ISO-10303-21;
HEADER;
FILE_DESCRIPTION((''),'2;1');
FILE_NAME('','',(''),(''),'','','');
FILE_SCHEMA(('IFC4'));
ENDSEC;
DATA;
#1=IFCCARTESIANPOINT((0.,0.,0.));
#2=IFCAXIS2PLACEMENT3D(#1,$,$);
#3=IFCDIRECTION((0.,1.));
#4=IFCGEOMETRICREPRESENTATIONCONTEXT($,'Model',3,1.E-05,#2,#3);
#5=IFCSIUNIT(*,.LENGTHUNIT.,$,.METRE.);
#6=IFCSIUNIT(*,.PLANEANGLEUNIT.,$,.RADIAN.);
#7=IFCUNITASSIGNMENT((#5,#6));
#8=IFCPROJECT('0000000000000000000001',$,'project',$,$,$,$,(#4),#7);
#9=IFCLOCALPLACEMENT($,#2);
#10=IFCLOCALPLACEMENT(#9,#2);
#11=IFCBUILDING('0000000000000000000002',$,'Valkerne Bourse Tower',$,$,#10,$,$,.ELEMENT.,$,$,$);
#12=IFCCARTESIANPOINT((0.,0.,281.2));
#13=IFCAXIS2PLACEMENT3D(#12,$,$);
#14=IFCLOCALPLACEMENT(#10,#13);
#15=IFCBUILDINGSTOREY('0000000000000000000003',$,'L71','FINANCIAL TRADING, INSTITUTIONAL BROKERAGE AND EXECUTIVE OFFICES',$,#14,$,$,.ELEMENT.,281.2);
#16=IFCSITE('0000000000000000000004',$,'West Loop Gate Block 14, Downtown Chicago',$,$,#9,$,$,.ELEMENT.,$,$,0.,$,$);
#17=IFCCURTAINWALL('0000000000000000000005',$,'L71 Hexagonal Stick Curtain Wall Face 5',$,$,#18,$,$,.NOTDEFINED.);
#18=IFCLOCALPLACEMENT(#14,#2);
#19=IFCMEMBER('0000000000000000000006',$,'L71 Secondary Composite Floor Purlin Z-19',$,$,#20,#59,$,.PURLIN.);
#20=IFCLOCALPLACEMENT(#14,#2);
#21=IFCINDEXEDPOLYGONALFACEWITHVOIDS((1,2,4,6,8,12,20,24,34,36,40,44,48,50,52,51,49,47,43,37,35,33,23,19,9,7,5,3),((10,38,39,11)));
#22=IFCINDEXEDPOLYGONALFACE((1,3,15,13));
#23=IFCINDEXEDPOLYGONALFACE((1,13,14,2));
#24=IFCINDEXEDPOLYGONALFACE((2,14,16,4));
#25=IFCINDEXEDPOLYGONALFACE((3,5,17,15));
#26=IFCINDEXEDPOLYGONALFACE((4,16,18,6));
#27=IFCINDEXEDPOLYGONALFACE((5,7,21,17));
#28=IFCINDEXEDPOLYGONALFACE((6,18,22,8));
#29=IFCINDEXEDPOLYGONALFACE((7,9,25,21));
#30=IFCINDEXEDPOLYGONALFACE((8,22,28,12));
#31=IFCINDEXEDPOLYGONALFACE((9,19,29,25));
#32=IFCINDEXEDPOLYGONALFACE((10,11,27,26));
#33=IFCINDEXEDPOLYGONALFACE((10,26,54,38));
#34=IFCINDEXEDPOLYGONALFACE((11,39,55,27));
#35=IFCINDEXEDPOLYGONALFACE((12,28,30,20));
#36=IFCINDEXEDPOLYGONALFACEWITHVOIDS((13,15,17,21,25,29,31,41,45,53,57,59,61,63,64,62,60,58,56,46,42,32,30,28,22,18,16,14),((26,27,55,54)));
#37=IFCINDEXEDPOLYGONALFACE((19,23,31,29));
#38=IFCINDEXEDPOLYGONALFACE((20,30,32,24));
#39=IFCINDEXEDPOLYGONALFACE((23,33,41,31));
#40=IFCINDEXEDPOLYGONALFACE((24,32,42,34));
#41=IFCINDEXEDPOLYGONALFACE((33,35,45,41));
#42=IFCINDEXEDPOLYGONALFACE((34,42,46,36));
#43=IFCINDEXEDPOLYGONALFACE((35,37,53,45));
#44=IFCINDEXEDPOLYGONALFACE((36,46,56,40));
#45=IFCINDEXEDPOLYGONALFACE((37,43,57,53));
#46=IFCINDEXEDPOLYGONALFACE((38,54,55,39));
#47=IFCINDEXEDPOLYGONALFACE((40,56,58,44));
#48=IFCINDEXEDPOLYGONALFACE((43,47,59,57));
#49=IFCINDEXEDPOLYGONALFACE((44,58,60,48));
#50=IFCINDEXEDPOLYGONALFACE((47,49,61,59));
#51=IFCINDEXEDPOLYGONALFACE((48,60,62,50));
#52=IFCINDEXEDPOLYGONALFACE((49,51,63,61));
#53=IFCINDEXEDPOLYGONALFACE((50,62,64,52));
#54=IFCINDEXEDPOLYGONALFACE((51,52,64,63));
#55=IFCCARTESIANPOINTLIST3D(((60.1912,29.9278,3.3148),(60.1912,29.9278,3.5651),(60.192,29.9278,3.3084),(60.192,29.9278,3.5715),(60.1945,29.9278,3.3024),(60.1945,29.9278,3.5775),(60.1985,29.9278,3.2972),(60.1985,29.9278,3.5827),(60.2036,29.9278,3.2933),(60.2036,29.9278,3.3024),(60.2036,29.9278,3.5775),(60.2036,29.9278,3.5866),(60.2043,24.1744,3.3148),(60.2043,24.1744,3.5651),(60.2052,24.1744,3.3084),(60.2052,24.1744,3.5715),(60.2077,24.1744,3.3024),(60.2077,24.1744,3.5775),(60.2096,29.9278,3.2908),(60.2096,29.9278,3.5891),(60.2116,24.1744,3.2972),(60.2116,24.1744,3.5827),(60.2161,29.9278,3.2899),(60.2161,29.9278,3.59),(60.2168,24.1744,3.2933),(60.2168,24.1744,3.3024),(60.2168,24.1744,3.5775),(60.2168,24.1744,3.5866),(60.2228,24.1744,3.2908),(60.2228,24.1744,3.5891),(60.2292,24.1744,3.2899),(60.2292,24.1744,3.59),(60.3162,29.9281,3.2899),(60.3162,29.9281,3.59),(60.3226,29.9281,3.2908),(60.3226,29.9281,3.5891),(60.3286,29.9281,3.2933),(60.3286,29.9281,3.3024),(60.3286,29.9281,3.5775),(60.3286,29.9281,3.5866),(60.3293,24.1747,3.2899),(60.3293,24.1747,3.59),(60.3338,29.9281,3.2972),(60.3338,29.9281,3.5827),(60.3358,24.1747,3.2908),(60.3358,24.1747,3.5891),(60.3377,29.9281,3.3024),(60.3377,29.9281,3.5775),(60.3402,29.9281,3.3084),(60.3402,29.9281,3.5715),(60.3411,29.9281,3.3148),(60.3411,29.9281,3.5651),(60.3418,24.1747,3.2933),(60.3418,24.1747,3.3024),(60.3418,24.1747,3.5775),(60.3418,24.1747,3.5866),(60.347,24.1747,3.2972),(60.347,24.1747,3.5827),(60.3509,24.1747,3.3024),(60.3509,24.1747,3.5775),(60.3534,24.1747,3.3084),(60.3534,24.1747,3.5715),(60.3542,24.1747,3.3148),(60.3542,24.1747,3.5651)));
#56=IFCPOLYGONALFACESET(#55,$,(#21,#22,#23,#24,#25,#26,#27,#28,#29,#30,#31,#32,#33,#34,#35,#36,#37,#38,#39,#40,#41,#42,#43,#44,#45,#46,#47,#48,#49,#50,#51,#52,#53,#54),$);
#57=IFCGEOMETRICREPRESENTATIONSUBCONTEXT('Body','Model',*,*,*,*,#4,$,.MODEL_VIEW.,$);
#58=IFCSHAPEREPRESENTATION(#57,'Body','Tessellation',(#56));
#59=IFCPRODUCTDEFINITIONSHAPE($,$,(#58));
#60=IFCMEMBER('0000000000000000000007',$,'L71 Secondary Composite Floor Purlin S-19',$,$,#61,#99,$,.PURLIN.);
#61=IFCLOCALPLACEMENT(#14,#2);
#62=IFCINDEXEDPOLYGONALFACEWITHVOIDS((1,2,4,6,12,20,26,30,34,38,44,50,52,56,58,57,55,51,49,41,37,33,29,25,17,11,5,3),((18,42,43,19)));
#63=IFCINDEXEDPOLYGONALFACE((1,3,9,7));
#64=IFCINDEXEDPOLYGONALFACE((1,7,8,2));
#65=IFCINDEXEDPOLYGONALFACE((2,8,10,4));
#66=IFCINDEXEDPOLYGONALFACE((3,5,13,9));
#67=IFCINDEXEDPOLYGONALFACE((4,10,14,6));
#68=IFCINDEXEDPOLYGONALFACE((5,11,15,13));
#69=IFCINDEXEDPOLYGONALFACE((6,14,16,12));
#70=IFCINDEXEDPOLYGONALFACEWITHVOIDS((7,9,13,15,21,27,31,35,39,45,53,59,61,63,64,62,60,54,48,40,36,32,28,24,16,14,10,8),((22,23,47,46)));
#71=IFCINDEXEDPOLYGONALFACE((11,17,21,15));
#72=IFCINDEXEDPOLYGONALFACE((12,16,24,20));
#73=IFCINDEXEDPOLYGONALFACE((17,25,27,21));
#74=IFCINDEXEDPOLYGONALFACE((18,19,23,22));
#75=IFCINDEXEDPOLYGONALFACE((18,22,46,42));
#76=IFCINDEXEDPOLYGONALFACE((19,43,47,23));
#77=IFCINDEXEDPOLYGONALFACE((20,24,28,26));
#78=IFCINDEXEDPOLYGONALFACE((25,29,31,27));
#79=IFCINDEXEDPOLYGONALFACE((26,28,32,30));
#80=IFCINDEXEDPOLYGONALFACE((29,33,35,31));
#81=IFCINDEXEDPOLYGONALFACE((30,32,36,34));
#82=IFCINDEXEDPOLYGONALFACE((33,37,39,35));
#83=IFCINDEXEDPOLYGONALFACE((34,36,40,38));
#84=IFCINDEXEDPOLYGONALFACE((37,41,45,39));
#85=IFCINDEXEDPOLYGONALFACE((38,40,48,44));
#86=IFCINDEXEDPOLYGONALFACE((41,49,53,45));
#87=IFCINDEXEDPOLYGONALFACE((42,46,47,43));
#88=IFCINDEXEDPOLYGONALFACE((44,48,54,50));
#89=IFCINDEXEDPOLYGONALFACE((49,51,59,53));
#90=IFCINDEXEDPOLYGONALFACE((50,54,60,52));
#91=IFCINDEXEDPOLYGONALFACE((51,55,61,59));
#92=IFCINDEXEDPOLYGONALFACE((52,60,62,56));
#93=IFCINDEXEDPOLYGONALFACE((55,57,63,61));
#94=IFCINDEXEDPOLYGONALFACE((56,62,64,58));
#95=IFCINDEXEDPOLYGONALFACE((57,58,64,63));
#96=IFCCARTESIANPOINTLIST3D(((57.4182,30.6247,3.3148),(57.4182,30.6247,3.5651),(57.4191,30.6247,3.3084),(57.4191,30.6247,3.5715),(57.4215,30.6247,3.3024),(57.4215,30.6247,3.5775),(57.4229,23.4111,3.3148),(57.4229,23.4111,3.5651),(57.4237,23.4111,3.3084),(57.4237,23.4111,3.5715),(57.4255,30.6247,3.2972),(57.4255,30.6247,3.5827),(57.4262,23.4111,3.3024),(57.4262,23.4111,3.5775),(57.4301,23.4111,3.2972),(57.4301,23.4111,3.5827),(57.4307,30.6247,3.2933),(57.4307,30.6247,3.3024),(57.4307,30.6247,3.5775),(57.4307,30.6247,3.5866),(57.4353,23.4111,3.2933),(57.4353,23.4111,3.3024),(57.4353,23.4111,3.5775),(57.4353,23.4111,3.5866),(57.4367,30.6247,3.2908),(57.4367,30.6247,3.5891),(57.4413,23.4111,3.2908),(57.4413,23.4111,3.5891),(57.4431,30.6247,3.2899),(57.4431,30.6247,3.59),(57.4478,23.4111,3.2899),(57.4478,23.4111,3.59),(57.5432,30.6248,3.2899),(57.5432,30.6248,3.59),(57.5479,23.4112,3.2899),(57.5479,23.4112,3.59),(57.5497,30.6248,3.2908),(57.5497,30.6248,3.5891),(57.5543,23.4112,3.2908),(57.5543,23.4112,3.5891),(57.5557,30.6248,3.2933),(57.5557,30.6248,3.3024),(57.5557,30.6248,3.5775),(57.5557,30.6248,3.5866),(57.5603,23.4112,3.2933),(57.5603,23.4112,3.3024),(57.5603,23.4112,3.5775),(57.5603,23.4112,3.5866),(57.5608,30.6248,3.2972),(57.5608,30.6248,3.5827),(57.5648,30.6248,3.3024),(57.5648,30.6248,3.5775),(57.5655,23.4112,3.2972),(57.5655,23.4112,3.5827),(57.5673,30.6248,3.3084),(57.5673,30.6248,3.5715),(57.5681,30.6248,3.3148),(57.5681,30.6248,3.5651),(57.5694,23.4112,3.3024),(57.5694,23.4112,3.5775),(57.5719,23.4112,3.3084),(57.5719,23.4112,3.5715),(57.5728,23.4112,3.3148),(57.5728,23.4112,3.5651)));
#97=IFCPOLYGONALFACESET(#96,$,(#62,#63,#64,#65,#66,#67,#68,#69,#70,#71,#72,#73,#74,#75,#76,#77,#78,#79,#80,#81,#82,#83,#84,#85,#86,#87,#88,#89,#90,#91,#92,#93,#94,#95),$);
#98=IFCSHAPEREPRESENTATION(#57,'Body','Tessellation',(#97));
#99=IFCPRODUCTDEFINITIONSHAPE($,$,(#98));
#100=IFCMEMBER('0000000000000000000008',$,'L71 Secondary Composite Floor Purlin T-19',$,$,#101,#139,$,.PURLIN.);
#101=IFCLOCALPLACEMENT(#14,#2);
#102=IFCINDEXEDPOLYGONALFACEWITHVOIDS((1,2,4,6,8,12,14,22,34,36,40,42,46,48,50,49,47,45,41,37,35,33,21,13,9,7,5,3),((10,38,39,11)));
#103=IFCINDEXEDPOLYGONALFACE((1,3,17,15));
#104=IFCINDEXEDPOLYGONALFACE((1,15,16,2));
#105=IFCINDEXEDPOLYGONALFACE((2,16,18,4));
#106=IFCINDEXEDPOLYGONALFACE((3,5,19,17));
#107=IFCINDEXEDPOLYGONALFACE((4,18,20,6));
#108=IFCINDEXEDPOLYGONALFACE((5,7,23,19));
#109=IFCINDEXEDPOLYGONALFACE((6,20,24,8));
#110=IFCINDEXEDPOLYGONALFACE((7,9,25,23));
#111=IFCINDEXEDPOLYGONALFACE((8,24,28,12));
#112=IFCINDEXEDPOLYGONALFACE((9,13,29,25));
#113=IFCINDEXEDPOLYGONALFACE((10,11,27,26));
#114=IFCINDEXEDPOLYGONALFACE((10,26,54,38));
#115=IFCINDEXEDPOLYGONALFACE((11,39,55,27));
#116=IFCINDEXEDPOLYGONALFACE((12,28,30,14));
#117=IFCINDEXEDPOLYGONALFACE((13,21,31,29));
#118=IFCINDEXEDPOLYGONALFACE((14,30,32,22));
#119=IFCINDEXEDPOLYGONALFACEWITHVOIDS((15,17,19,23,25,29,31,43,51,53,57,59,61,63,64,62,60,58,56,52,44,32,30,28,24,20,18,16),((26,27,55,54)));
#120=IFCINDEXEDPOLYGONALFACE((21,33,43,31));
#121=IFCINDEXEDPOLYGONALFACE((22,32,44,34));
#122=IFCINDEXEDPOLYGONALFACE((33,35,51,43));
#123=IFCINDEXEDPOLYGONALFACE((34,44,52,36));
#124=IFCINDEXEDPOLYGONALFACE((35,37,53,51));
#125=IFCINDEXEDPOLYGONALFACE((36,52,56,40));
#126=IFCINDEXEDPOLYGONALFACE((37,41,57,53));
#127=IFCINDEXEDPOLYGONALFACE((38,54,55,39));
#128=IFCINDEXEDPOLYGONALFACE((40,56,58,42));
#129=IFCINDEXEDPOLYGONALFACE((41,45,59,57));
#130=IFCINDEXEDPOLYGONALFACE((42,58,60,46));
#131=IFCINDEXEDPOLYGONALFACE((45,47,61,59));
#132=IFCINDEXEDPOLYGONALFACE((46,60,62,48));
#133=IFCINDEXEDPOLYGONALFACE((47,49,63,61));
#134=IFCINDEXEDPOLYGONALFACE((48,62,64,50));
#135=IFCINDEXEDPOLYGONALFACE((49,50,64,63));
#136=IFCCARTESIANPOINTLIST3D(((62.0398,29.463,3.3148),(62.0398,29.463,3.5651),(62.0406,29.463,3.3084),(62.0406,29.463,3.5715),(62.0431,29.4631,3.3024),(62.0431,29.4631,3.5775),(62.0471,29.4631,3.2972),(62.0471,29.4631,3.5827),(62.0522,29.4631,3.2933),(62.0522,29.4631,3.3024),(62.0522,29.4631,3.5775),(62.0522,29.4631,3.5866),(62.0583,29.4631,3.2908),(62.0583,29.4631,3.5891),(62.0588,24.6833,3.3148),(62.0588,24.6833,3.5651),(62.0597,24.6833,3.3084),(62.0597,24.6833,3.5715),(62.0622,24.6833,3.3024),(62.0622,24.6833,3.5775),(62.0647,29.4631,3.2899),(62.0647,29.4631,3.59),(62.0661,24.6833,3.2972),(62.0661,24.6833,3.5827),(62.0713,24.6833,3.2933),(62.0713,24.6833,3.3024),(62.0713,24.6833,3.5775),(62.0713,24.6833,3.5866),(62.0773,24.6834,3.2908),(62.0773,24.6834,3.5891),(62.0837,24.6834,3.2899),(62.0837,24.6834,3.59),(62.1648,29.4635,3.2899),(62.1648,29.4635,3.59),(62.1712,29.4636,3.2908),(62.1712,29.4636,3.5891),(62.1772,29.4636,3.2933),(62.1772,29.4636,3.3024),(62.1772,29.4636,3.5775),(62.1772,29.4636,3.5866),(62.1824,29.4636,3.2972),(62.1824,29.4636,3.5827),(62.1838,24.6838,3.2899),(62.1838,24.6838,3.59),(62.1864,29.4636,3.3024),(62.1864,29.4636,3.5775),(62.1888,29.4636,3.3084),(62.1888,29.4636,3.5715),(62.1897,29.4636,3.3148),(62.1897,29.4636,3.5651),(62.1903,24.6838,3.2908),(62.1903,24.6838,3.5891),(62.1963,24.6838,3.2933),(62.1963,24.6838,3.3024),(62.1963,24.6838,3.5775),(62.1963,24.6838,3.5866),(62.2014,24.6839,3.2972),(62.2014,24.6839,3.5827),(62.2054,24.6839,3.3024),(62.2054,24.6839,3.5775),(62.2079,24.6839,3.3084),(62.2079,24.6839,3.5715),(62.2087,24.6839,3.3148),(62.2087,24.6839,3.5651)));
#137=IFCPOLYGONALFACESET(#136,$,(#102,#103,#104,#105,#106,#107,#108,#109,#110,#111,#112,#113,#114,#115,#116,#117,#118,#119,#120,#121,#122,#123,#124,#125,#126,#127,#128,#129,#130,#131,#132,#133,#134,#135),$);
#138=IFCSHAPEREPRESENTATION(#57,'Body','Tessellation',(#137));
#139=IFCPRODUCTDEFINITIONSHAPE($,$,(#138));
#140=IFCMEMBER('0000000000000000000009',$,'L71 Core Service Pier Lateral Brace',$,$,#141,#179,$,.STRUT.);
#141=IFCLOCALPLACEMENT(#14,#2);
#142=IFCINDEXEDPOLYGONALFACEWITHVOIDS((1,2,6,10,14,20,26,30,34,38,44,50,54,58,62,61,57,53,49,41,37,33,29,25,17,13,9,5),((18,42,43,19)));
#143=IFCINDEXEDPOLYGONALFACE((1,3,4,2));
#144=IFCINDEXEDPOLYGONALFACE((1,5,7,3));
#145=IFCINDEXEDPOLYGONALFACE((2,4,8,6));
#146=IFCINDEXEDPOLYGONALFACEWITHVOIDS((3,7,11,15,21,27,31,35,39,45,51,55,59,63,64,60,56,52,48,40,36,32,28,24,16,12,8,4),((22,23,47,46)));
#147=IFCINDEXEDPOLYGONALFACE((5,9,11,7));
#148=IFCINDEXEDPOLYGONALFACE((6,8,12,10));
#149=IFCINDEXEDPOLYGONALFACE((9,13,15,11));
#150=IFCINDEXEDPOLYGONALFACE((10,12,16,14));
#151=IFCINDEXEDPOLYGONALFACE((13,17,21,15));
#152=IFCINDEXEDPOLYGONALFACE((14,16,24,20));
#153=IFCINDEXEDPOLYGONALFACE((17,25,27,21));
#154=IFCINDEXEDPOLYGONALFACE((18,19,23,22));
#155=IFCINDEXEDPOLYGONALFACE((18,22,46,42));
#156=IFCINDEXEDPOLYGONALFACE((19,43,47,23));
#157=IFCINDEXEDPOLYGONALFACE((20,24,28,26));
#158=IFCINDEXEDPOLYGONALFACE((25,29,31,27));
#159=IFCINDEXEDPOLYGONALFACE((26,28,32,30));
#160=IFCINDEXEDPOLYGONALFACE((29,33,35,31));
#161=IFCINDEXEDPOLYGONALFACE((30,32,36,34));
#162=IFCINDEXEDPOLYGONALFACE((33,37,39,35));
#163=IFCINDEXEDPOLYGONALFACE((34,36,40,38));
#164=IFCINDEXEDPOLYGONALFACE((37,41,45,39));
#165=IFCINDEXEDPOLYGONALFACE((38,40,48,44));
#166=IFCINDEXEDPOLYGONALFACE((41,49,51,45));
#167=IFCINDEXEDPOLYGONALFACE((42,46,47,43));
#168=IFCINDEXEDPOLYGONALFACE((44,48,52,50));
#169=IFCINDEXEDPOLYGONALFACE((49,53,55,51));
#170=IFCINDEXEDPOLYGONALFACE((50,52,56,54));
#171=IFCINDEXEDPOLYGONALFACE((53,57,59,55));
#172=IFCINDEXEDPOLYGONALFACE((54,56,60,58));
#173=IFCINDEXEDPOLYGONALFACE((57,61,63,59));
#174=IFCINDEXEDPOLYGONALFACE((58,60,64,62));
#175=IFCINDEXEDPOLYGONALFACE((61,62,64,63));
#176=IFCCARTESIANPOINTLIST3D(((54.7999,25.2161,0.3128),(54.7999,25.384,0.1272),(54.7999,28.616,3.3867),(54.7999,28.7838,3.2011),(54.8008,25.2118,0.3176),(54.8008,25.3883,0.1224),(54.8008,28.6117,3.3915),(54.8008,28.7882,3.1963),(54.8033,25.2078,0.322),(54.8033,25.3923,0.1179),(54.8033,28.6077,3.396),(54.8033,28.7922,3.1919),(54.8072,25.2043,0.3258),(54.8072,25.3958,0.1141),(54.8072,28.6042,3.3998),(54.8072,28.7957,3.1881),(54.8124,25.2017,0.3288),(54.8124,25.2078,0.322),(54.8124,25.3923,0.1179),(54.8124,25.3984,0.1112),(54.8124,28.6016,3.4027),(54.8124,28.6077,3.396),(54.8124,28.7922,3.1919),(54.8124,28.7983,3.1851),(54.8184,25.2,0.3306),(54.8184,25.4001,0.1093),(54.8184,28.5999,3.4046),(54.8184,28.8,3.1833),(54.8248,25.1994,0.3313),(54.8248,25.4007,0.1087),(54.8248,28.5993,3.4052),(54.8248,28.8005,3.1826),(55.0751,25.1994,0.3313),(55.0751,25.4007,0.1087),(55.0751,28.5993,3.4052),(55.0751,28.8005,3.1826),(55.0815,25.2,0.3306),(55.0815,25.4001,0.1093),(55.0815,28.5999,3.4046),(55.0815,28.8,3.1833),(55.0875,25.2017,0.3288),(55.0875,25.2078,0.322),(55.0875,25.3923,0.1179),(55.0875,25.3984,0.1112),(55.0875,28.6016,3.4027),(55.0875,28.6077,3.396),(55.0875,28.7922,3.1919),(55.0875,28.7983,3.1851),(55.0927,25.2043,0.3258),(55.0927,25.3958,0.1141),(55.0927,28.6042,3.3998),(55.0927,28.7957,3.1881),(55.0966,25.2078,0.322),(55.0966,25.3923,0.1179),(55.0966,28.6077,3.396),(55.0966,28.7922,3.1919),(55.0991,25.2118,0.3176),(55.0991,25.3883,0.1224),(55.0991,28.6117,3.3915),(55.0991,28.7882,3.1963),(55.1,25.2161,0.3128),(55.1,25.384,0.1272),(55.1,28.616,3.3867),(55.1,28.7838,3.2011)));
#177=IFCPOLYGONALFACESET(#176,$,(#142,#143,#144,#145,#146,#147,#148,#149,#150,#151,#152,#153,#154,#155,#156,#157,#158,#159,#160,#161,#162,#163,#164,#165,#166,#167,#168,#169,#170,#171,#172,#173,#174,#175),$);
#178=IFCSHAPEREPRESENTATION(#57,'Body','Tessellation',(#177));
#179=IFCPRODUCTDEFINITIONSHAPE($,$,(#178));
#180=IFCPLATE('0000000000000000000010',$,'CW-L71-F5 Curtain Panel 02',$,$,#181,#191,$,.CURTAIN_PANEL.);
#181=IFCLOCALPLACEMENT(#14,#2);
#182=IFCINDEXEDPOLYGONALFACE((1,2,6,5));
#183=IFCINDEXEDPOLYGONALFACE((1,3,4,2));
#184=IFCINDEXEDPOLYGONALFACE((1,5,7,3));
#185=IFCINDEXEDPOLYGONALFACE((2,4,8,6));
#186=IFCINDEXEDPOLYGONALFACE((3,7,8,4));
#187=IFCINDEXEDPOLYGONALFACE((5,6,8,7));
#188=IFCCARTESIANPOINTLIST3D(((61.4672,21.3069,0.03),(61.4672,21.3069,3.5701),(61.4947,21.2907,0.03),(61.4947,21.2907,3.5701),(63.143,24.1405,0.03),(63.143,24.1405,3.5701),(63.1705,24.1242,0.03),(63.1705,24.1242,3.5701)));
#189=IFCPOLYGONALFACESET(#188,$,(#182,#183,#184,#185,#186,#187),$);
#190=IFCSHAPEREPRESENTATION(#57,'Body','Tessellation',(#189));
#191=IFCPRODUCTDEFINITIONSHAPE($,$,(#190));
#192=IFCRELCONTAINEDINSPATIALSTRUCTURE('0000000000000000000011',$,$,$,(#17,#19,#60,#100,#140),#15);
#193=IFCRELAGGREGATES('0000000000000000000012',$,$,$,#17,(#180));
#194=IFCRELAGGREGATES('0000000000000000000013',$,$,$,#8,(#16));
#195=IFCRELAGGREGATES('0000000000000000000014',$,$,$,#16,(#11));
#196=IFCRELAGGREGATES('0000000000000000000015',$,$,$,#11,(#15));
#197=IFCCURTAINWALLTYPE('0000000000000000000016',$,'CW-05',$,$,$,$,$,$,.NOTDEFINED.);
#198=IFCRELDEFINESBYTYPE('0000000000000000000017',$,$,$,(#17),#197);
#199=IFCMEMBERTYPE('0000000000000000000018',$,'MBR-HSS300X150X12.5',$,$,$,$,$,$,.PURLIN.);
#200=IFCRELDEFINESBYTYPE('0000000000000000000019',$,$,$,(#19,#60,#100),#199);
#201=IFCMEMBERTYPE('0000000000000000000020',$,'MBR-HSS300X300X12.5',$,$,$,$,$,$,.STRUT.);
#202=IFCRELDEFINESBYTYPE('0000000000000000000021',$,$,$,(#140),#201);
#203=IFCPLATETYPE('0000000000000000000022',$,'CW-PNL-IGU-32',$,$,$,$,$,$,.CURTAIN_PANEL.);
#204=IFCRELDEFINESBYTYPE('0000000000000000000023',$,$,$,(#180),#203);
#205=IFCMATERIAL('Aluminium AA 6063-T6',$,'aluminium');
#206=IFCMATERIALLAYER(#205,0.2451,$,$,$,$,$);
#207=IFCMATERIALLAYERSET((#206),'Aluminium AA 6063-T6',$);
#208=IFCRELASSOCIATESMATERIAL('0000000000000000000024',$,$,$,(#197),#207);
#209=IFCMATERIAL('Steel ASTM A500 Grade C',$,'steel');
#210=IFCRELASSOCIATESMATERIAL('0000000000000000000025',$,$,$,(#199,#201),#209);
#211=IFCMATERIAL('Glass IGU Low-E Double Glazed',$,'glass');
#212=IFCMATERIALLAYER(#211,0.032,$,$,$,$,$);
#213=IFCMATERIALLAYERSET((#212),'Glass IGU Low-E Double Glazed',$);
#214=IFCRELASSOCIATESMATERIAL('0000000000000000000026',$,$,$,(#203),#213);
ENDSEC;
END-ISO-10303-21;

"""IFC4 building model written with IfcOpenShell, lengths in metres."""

from ifc_helpers import new_model, si_unit, direction, frame, origin, origin_2d, place, context, subcontext, project, spatial, rectangle, hollow_rectangle, extrude, material, layer, layer_set, material_profile, profile_set, type_object, element, aggregate, save


model = new_model("IFC4")

# Units and contexts
model_context = context("Model", 3, precision=1e-05, world=origin(), true_north=direction((0.0, 1.0)))
body_context = subcontext(model_context, "Body", "Model", "MODEL_VIEW")
ifc_project = project(units=[si_unit("LENGTHUNIT", "METRE"), si_unit("PLANEANGLEUNIT", "RADIAN")], contexts=[model_context])

# Site, building, storey
site_placement = place(None, origin())
site = spatial("IfcSite", under=ifc_project, at=site_placement, Name="West Loop Gate Block 14, Downtown Chicago", CompositionType="ELEMENT", RefElevation=0.0)
building_placement = place(site_placement, origin())
building = spatial("IfcBuilding", under=site, at=building_placement, Name="Valkerne Bourse Tower", CompositionType="ELEMENT")
storey_placement = place(building_placement, frame((0.0, 0.0, 281.2)))
storey = spatial("IfcBuildingStorey", under=building, at=storey_placement, Name="L71", Description="FINANCIAL TRADING, INSTITUTIONAL BROKERAGE AND EXECUTIVE OFFICES", CompositionType="ELEMENT", Elevation=281.2)

# Shared definitions
ifc_material_1 = material(Name="Steel ASTM A500 Grade C", Category="steel")

# Curtain wall
ifc_material_2 = material(Name="Aluminium AA 6063-T6", Category="aluminium")
ifc_layer_1 = layer(ifc_material_2, 0.2451)
ifc_layer_set_1 = layer_set([ifc_layer_1], Name="Aluminium AA 6063-T6")
curtain_wall_type = type_object("IfcCurtainWallType", Name="CW-05", PredefinedType="NOTDEFINED", material=ifc_layer_set_1)
curtain_wall_placement = place(storey_placement, origin())
curtain_wall = element("IfcCurtainWall", 1, at=curtain_wall_placement, inside=storey, type_object=curtain_wall_type, Name="L71 Hexagonal Stick Curtain Wall Face 5", PredefinedType="NOTDEFINED")

# Members
ifc_material_profile_1 = material_profile(ifc_material_1, hollow_rectangle(XDim=0.1499, YDim=0.3, WallThickness=0.0125, OuterFilletRadius=0.0249, at=origin_2d()), Name="HSS300X150X12.5")
ifc_profile_set_1 = profile_set([ifc_material_profile_1], Name="Steel ASTM A500 Grade C")
member_type_1 = type_object("IfcMemberType", Name="MBR-HSS300X150X12.5", PredefinedType="PURLIN", material=ifc_profile_set_1)
member_1_placement = place(storey_placement, frame((60.2793, 24.1746, 3.4399), z_axis=(-0.002291, 0.999997, 0.0), x_axis=(-0.999997, -0.002291, 0.0)))
element("IfcMember", 2, at=member_1_placement, inside=storey, type_object=member_type_1, Name="L71 Secondary Composite Floor Purlin Z-19", PredefinedType="PURLIN", context=body_context, shape_type="SweptSolid", body=[
    extrude(hollow_rectangle(XDim=0.1499, YDim=0.3, WallThickness=0.0125, OuterFilletRadius=0.0249, at=origin_2d()), origin(), (0.0, 0.0, 1.0), 5.7534),
])
member_2_placement = place(storey_placement, frame((57.4978, 23.4111, 3.4399), z_axis=(-0.000643, 1.0, 0.0), x_axis=(-1.0, -0.000643, 0.0)))
element("IfcMember", 3, at=member_2_placement, inside=storey, type_object=member_type_1, Name="L71 Secondary Composite Floor Purlin S-19", PredefinedType="PURLIN", context=body_context, shape_type="SweptSolid", body=[
    extrude(hollow_rectangle(XDim=0.1499, YDim=0.3, WallThickness=0.0125, OuterFilletRadius=0.0249, at=origin_2d()), origin(), (0.0, 0.0, 1.0), 7.2136),
])
member_3_placement = place(storey_placement, frame((62.1338, 24.6836, 3.4399), z_axis=(-0.003984, 0.999992, 0.0), x_axis=(-0.999992, -0.003984, 0.0)))
element("IfcMember", 4, at=member_3_placement, inside=storey, type_object=member_type_1, Name="L71 Secondary Composite Floor Purlin T-19", PredefinedType="PURLIN", context=body_context, shape_type="SweptSolid", body=[
    extrude(hollow_rectangle(XDim=0.1499, YDim=0.3, WallThickness=0.0125, OuterFilletRadius=0.0249, at=origin_2d()), origin(), (0.0, 0.0, 1.0), 4.7798),
])
ifc_material_profile_2 = material_profile(ifc_material_1, hollow_rectangle(XDim=0.3, YDim=0.3, WallThickness=0.0125, OuterFilletRadius=0.0249, at=origin_2d()), Name="HSS300X300X12.5")
ifc_profile_set_2 = profile_set([ifc_material_profile_2], Name="Steel ASTM A500 Grade C")
member_type_2 = type_object("IfcMemberType", Name="MBR-HSS300X300X12.5", PredefinedType="STRUT", material=ifc_profile_set_2)
member_4_placement = place(storey_placement, frame((54.95, 25.3, 0.22), z_axis=(0.0, 0.741767, 0.670658), x_axis=(-1.0, 0.0, 0.0)))
element("IfcMember", 5, at=member_4_placement, inside=storey, type_object=member_type_2, Name="L71 Core Service Pier Lateral Brace", PredefinedType="STRUT", context=body_context, shape_type="SweptSolid", body=[
    extrude(hollow_rectangle(XDim=0.3, YDim=0.3, WallThickness=0.0125, OuterFilletRadius=0.0249, at=origin_2d()), origin(), (0.0, 0.0, 1.0), 4.5835),
])

# Plate
ifc_material_3 = material(Name="Glass IGU Low-E Double Glazed", Category="glass")
ifc_layer_2 = layer(ifc_material_3, 0.032)
ifc_layer_set_2 = layer_set([ifc_layer_2], Name="Glass IGU Low-E Double Glazed")
plate_type_1 = type_object("IfcPlateType", Name="CW-PNL-IGU-32", PredefinedType="CURTAIN_PANEL", material=ifc_layer_set_2)
plate_1_placement = place(storey_placement, frame((62.3188, 22.7156, 0.03), z_axis=(0.0, 0.0, 1.0), x_axis=(0.509039, 0.860744, 0.0)))
plate_1 = element("IfcPlate", 6, at=plate_1_placement, type_object=plate_type_1, Name="CW-L71-F5 Curtain Panel 02", PredefinedType="CURTAIN_PANEL", context=body_context, shape_type="SweptSolid", body=[
    extrude(rectangle(XDim=3.292, YDim=0.032, at=origin_2d()), origin(), (0.0, 0.0, 1.0), 3.54),
])
aggregate(curtain_wall, [plate_1])

save(model, "model.ifc")
